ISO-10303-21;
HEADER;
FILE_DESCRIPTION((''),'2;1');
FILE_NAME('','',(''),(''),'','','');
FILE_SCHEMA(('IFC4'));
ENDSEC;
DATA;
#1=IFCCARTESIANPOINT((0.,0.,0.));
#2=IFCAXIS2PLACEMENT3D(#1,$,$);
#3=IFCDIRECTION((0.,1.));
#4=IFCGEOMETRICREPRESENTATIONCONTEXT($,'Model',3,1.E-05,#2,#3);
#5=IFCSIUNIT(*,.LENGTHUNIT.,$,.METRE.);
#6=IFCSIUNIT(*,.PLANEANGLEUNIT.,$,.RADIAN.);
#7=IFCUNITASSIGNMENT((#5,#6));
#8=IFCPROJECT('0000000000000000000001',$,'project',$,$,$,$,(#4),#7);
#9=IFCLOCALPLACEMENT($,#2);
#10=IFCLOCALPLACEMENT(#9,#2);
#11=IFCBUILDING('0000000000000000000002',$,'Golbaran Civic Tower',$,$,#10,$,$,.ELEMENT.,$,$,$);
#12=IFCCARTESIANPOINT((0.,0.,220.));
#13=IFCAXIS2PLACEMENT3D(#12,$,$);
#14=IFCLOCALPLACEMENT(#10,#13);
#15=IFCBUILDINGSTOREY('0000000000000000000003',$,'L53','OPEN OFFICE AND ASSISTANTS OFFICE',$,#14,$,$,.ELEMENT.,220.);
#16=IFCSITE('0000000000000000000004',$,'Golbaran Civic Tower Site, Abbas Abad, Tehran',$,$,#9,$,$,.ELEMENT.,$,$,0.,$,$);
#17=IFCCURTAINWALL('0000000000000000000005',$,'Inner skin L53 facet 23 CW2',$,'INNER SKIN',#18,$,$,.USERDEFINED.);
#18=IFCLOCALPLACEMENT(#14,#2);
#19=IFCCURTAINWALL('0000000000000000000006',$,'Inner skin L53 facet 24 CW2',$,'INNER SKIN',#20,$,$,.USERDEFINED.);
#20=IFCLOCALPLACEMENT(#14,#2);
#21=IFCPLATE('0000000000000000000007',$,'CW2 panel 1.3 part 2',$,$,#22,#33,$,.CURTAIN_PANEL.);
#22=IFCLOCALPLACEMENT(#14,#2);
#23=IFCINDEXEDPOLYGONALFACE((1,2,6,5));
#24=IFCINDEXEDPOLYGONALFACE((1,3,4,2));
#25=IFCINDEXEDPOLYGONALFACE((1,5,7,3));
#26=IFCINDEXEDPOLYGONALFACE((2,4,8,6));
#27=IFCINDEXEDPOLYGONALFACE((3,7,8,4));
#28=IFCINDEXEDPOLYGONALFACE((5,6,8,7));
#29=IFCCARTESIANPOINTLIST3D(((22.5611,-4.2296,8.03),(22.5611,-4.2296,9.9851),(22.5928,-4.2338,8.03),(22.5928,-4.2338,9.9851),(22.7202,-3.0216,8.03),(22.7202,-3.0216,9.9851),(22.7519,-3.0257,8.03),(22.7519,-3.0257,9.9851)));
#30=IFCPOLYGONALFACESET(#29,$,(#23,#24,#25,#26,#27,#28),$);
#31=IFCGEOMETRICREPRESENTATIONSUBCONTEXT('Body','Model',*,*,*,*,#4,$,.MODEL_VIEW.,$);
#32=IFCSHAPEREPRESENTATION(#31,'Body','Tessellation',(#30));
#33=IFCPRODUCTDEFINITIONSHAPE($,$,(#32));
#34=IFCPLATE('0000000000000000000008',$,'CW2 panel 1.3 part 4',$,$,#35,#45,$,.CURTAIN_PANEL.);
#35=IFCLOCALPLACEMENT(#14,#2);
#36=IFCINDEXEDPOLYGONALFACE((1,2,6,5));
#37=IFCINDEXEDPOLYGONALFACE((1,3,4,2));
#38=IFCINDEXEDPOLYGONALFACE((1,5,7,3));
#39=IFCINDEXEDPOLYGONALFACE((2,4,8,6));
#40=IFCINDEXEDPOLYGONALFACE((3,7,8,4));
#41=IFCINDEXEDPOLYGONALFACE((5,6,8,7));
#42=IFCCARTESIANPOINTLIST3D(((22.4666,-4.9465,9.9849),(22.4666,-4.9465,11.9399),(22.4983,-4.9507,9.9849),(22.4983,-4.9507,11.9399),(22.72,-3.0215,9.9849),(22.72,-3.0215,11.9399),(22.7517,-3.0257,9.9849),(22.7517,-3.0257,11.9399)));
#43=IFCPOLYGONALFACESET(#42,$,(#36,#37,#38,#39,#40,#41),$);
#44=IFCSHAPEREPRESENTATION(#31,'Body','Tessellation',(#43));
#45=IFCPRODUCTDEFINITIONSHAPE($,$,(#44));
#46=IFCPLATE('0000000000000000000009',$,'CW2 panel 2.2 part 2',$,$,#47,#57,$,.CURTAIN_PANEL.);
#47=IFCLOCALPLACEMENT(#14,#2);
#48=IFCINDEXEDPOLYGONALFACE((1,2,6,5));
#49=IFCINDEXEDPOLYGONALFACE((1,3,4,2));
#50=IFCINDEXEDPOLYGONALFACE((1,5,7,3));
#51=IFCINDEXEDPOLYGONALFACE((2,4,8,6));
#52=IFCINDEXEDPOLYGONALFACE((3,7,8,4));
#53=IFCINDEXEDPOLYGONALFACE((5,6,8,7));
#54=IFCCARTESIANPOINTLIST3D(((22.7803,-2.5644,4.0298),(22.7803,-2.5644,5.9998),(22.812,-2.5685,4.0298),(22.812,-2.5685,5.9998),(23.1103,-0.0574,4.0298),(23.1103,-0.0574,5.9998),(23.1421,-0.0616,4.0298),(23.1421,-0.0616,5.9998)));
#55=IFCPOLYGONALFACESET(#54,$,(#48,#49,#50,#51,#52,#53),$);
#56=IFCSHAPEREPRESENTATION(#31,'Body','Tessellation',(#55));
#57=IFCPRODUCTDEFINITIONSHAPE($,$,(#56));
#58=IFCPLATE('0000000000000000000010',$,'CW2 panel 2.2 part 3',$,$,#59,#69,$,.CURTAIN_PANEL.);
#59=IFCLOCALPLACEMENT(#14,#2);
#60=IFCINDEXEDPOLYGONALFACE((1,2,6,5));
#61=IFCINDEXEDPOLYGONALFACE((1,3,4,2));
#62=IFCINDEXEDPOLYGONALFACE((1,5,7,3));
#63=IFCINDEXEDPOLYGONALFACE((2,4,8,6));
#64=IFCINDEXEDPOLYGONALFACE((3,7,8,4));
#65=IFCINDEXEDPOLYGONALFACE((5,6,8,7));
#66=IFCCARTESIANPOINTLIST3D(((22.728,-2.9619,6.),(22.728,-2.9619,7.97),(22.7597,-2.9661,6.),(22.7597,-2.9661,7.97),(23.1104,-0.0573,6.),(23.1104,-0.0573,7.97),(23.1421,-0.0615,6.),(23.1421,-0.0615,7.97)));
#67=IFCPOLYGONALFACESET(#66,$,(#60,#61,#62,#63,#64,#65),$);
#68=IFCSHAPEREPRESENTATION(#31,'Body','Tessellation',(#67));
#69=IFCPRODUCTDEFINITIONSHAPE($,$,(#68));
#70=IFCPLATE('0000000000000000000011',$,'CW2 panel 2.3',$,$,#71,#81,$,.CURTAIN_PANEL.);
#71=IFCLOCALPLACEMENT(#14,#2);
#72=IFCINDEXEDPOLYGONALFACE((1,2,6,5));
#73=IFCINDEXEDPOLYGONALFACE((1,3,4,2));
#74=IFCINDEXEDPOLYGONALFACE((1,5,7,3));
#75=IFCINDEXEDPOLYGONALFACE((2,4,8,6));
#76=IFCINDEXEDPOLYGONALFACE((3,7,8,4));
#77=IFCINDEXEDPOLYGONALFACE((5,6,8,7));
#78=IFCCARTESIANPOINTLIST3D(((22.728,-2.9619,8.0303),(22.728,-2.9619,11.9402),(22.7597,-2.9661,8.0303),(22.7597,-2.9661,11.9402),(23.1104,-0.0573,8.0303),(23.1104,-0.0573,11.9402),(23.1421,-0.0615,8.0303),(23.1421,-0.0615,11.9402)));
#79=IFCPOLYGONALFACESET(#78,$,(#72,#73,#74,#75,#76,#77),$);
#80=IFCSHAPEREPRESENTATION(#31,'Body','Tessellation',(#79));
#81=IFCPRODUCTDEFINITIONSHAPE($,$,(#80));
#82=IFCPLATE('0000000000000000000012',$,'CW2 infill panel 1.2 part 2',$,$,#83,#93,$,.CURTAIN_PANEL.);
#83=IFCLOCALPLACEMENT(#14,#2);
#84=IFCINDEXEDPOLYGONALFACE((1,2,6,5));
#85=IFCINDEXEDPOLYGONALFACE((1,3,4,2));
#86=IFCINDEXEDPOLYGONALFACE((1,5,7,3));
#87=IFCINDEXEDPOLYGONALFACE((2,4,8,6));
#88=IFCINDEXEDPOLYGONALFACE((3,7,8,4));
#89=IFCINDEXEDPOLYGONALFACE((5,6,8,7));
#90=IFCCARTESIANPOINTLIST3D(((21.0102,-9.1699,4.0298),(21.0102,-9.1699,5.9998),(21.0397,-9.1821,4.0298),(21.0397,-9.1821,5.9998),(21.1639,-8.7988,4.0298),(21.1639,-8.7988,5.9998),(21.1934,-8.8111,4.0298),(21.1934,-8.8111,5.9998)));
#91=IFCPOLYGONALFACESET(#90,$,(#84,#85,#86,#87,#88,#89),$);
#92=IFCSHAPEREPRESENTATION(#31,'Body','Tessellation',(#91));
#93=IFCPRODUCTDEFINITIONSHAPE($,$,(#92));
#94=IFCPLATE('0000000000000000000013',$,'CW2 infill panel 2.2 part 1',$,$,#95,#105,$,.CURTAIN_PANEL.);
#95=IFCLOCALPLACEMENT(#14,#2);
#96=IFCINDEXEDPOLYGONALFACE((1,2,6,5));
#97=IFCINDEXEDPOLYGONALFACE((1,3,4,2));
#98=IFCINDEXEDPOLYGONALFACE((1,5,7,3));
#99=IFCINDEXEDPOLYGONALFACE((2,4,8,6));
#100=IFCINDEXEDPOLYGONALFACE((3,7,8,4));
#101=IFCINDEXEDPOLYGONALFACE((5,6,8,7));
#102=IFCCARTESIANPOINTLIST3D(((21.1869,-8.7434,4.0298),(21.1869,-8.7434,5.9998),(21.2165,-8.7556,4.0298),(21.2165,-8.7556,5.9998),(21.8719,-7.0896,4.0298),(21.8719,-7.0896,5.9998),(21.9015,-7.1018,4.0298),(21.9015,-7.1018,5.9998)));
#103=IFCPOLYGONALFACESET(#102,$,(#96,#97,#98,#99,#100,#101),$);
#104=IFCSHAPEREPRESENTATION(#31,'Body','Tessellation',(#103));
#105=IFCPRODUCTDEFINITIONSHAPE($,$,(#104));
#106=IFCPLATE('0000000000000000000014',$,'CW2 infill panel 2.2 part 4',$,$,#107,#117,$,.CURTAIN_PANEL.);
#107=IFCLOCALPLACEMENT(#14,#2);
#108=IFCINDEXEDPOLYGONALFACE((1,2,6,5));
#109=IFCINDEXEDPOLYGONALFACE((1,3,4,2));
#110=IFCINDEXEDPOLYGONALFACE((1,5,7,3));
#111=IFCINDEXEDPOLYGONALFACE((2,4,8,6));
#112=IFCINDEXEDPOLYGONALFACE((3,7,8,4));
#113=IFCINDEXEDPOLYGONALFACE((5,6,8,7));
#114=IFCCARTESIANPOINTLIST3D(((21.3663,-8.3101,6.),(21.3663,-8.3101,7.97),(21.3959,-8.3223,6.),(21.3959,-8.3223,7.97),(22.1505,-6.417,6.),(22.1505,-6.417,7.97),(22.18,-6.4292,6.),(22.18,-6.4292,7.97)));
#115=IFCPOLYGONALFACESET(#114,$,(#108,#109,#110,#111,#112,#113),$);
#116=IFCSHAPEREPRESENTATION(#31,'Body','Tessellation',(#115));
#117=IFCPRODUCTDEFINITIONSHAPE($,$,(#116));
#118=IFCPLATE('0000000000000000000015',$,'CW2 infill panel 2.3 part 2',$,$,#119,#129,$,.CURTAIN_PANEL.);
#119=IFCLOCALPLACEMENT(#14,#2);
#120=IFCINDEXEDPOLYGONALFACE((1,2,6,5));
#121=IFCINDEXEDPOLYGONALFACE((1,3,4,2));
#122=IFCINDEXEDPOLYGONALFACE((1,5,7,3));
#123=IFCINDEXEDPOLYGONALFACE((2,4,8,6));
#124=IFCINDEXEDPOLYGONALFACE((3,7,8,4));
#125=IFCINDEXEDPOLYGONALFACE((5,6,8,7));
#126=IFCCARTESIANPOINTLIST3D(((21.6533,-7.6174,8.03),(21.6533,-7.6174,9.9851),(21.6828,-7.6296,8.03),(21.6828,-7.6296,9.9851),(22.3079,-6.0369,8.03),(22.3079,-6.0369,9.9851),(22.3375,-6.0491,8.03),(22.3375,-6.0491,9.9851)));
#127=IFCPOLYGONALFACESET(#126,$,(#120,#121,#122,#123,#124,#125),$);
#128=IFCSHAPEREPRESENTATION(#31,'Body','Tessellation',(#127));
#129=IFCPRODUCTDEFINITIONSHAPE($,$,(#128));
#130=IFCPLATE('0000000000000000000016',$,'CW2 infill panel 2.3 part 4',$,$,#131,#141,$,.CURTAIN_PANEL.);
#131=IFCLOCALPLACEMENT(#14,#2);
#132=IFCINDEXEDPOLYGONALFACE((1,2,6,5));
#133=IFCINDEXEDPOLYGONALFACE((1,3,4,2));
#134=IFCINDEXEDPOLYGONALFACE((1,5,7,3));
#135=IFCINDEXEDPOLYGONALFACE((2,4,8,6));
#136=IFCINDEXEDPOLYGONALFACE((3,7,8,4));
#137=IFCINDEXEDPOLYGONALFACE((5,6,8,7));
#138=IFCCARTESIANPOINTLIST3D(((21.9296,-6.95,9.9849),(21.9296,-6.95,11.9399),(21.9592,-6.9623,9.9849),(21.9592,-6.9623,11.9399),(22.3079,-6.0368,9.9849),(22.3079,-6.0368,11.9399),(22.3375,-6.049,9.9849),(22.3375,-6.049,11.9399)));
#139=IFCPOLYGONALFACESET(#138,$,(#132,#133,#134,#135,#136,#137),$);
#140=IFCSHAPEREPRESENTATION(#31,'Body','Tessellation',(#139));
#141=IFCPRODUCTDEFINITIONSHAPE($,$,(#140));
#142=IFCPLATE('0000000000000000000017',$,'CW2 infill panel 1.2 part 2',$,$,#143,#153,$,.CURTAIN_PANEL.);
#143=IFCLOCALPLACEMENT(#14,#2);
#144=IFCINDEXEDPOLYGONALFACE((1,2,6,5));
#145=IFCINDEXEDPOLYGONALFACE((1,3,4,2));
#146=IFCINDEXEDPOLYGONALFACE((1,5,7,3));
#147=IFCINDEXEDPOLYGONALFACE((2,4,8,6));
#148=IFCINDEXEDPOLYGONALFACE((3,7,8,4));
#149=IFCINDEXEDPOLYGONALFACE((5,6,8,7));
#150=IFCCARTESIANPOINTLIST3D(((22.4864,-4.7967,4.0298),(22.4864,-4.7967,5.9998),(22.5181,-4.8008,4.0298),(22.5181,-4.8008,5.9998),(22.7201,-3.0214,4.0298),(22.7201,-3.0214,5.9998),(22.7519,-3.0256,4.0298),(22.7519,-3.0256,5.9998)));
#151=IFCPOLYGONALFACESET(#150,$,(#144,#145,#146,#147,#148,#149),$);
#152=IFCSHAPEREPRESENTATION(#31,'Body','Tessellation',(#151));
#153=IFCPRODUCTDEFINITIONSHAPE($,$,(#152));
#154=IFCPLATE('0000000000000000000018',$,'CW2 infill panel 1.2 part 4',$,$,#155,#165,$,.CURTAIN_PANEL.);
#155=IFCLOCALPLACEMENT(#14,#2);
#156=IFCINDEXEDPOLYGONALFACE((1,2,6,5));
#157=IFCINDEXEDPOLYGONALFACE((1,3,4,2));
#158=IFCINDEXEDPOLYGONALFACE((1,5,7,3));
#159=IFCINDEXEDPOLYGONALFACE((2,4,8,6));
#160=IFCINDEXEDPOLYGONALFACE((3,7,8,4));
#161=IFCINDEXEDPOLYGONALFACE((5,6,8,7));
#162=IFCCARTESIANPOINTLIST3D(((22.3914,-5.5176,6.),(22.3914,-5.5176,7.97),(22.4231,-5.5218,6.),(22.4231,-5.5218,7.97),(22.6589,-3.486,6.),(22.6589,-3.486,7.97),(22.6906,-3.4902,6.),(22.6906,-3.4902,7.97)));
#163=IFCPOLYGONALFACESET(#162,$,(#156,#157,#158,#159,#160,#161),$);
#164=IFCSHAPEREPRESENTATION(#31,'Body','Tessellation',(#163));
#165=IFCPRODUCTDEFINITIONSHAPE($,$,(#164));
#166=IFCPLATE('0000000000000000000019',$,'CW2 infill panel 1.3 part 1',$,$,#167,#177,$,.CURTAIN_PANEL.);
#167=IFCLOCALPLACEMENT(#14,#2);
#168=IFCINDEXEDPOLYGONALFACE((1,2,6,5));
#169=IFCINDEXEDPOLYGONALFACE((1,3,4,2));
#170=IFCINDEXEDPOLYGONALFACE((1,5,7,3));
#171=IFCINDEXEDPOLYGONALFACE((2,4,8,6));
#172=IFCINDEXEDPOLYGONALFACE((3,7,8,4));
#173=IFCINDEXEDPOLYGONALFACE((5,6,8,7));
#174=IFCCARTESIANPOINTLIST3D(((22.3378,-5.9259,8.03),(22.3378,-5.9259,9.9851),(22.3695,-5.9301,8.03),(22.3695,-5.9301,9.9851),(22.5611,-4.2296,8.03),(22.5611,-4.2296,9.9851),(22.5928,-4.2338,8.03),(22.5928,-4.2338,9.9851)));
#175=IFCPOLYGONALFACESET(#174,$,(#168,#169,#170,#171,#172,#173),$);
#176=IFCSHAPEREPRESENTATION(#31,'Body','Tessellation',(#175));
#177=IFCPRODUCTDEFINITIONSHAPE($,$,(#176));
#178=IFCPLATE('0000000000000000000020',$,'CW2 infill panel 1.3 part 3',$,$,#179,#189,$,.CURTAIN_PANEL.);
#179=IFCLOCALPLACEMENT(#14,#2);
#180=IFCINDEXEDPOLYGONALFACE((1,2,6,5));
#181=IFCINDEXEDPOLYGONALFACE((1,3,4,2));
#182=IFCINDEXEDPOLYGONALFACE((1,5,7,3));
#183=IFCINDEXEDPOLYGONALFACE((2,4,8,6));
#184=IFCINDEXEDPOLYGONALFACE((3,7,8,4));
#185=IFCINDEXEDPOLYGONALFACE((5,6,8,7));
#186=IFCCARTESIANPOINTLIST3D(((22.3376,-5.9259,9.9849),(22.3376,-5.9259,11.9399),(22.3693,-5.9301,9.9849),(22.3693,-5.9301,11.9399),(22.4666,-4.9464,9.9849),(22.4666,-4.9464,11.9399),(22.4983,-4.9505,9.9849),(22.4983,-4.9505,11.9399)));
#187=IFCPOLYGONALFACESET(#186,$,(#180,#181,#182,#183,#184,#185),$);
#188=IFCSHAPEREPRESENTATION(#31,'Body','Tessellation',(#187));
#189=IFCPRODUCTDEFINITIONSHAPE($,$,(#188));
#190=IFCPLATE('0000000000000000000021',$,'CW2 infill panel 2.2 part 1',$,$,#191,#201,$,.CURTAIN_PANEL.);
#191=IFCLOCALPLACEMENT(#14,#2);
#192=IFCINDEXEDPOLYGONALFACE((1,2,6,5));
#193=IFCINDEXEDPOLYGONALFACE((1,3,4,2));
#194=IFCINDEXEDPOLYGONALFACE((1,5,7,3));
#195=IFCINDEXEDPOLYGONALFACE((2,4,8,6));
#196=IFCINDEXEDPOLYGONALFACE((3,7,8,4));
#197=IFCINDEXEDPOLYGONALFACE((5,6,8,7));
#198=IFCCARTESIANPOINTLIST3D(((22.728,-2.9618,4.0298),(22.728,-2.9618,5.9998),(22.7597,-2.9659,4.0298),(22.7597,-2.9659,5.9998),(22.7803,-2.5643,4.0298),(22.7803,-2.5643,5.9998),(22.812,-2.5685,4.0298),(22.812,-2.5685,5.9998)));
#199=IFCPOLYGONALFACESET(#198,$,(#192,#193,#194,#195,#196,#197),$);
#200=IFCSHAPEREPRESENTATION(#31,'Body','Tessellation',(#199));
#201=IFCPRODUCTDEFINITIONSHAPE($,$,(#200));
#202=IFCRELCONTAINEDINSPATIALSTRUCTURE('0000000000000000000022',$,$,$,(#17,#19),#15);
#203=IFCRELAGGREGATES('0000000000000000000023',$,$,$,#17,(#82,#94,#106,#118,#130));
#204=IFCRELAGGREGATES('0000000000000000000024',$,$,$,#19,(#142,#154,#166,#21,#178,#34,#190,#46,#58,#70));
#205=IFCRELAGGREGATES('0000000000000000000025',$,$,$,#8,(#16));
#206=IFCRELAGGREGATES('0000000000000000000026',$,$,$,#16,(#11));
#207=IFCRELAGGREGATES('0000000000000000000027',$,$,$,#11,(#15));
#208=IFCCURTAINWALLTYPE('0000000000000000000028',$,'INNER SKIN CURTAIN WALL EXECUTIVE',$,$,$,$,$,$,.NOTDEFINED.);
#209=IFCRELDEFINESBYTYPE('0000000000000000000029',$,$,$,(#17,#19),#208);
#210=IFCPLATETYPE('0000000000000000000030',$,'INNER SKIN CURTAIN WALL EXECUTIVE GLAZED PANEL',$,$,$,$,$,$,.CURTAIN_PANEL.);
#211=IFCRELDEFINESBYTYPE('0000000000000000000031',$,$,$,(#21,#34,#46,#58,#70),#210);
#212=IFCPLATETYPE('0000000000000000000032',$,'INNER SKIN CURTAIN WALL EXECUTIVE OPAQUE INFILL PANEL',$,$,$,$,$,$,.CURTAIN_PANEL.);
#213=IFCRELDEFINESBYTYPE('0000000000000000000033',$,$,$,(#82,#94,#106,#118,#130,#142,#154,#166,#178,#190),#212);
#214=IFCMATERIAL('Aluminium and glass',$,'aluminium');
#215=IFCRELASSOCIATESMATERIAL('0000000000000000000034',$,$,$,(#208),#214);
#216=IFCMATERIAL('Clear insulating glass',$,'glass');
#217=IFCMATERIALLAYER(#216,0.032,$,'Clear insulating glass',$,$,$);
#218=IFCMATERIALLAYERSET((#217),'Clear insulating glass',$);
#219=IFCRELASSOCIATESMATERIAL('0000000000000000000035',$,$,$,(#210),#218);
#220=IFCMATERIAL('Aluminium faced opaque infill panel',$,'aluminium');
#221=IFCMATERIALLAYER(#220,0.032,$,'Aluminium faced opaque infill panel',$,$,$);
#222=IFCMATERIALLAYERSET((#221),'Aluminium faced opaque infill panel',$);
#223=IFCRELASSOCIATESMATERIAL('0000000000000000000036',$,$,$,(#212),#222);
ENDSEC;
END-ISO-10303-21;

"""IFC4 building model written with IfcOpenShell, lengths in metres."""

from ifc_helpers import new_model, si_unit, direction, frame, origin, origin_2d, place, context, subcontext, project, spatial, rectangle, extrude, material, layer, layer_set, type_object, element, aggregate, save


model = new_model("IFC4")

# Units and contexts
model_context = context("Model", 3, precision=1e-05, world=origin(), true_north=direction((0.0, 1.0)))
body_context = subcontext(model_context, "Body", "Model", "MODEL_VIEW")
ifc_project = project(units=[si_unit("LENGTHUNIT", "METRE"), si_unit("PLANEANGLEUNIT", "RADIAN")], contexts=[model_context])

# Site, building, storey
site_placement = place(None, origin())
site = spatial("IfcSite", under=ifc_project, at=site_placement, Name="Golbaran Civic Tower Site, Abbas Abad, Tehran", CompositionType="ELEMENT", RefElevation=0.0)
building_placement = place(site_placement, origin())
building = spatial("IfcBuilding", under=site, at=building_placement, Name="Golbaran Civic Tower", CompositionType="ELEMENT")
storey_placement = place(building_placement, frame((0.0, 0.0, 220.0)))
storey = spatial("IfcBuildingStorey", under=building, at=storey_placement, Name="L53", Description="OPEN OFFICE AND ASSISTANTS OFFICE", CompositionType="ELEMENT", Elevation=220.0)

# Curtain walls
ifc_material_1 = material(Name="Aluminium and glass", Category="aluminium")
curtain_wall_type = type_object("IfcCurtainWallType", Name="INNER SKIN CURTAIN WALL EXECUTIVE", PredefinedType="NOTDEFINED", material=ifc_material_1)
curtain_wall_1_placement = place(storey_placement, origin())
curtain_wall_1 = element("IfcCurtainWall", 1, at=curtain_wall_1_placement, inside=storey, type_object=curtain_wall_type, Name="Inner skin L53 facet 23 CW2", ObjectType="INNER SKIN", PredefinedType="USERDEFINED")
curtain_wall_2_placement = place(storey_placement, origin())
curtain_wall_2 = element("IfcCurtainWall", 2, at=curtain_wall_2_placement, inside=storey, type_object=curtain_wall_type, Name="Inner skin L53 facet 24 CW2", ObjectType="INNER SKIN", PredefinedType="USERDEFINED")

# Plates
ifc_material_2 = material(Name="Clear insulating glass", Category="glass")
ifc_layer_1 = layer(ifc_material_2, 0.032, Name="Clear insulating glass")
ifc_layer_set_1 = layer_set([ifc_layer_1], Name="Clear insulating glass")
plate_type_1 = type_object("IfcPlateType", Name="INNER SKIN CURTAIN WALL EXECUTIVE GLAZED PANEL", PredefinedType="CURTAIN_PANEL", material=ifc_layer_set_1)
plate_1_placement = place(storey_placement, frame((22.6565, -3.6277, 8.03), z_axis=(0.0, 0.0, 1.0), x_axis=(0.130526, 0.991445, 0.0)))
plate_1 = element("IfcPlate", 3, at=plate_1_placement, type_object=plate_type_1, Name="CW2 panel 1.3 part 2", PredefinedType="CURTAIN_PANEL", context=body_context, shape_type="SweptSolid", body=[
    extrude(rectangle(XDim=1.2185, YDim=0.032, at=origin_2d()), origin(), (0.0, 0.0, 1.0), 1.9551),
])
plate_2_placement = place(storey_placement, frame((22.6091, -3.9861, 9.9849), z_axis=(0.0, 0.0, 1.0), x_axis=(0.130526, 0.991445, 0.0)))
plate_2 = element("IfcPlate", 4, at=plate_2_placement, type_object=plate_type_1, Name="CW2 panel 1.3 part 4", PredefinedType="CURTAIN_PANEL", context=body_context, shape_type="SweptSolid", body=[
    extrude(rectangle(XDim=1.9417, YDim=0.032, at=origin_2d()), origin(), (0.0, 0.0, 1.0), 1.9551),
])
plate_3_placement = place(storey_placement, frame((22.9612, -1.313, 4.0298), z_axis=(0.0, 0.0, 1.0), x_axis=(0.130526, 0.991445, 0.0)))
plate_3 = element("IfcPlate", 5, at=plate_3_placement, type_object=plate_type_1, Name="CW2 panel 2.2 part 2", PredefinedType="CURTAIN_PANEL", context=body_context, shape_type="SweptSolid", body=[
    extrude(rectangle(XDim=2.5286, YDim=0.032, at=origin_2d()), origin(), (0.0, 0.0, 1.0), 1.97),
])
plate_4_placement = place(storey_placement, frame((22.9351, -1.5117, 6.0), z_axis=(0.0, 0.0, 1.0), x_axis=(0.130526, 0.991445, 0.0)))
plate_4 = element("IfcPlate", 6, at=plate_4_placement, type_object=plate_type_1, Name="CW2 panel 2.2 part 3", PredefinedType="CURTAIN_PANEL", context=body_context, shape_type="SweptSolid", body=[
    extrude(rectangle(XDim=2.9297, YDim=0.032, at=origin_2d()), origin(), (0.0, 0.0, 1.0), 1.97),
])
plate_5_placement = place(storey_placement, frame((22.9351, -1.5117, 8.0303), z_axis=(0.0, 0.0, 1.0), x_axis=(0.130526, 0.991445, 0.0)))
plate_5 = element("IfcPlate", 7, at=plate_5_placement, type_object=plate_type_1, Name="CW2 panel 2.3", PredefinedType="CURTAIN_PANEL", context=body_context, shape_type="SweptSolid", body=[
    extrude(rectangle(XDim=2.9297, YDim=0.032, at=origin_2d()), origin(), (0.0, 0.0, 1.0), 3.9099),
])
ifc_material_3 = material(Name="Aluminium faced opaque infill panel", Category="aluminium")
ifc_layer_2 = layer(ifc_material_3, 0.032, Name="Aluminium faced opaque infill panel")
ifc_layer_set_2 = layer_set([ifc_layer_2], Name="Aluminium faced opaque infill panel")
plate_type_2 = type_object("IfcPlateType", Name="INNER SKIN CURTAIN WALL EXECUTIVE OPAQUE INFILL PANEL", PredefinedType="CURTAIN_PANEL", material=ifc_layer_set_2)
plate_6_placement = place(storey_placement, frame((21.1018, -8.9905, 4.0298), z_axis=(0.0, 0.0, 1.0), x_axis=(0.382683, 0.92388, 0.0)))
plate_6 = element("IfcPlate", 8, at=plate_6_placement, type_object=plate_type_2, Name="CW2 infill panel 1.2 part 2", PredefinedType="CURTAIN_PANEL", context=body_context, shape_type="SweptSolid", body=[
    extrude(rectangle(XDim=0.4016, YDim=0.032, at=origin_2d()), origin(), (0.0, 0.0, 1.0), 1.97),
])
plate_7_placement = place(storey_placement, frame((21.5442, -7.9226, 4.0298), z_axis=(0.0, 0.0, 1.0), x_axis=(0.382683, 0.92388, 0.0)))
plate_7 = element("IfcPlate", 9, at=plate_7_placement, type_object=plate_type_2, Name="CW2 infill panel 2.2 part 1", PredefinedType="CURTAIN_PANEL", context=body_context, shape_type="SweptSolid", body=[
    extrude(rectangle(XDim=1.79, YDim=0.032, at=origin_2d()), origin(), (0.0, 0.0, 1.0), 1.97),
])
plate_8_placement = place(storey_placement, frame((21.7732, -7.3696, 6.0), z_axis=(0.0, 0.0, 1.0), x_axis=(0.382683, 0.92388, 0.0)))
plate_8 = element("IfcPlate", 10, at=plate_8_placement, type_object=plate_type_2, Name="CW2 infill panel 2.2 part 4", PredefinedType="CURTAIN_PANEL", context=body_context, shape_type="SweptSolid", body=[
    extrude(rectangle(XDim=2.0491, YDim=0.032, at=origin_2d()), origin(), (0.0, 0.0, 1.0), 1.97),
])
plate_9_placement = place(storey_placement, frame((21.9954, -6.8333, 8.03), z_axis=(0.0, 0.0, 1.0), x_axis=(0.382683, 0.92388, 0.0)))
plate_9 = element("IfcPlate", 11, at=plate_9_placement, type_object=plate_type_2, Name="CW2 infill panel 2.3 part 2", PredefinedType="CURTAIN_PANEL", context=body_context, shape_type="SweptSolid", body=[
    extrude(rectangle(XDim=1.7107, YDim=0.032, at=origin_2d()), origin(), (0.0, 0.0, 1.0), 1.9551),
])
plate_10_placement = place(storey_placement, frame((22.1335, -6.4995, 9.9849), z_axis=(0.0, 0.0, 1.0), x_axis=(0.382683, 0.92388, 0.0)))
plate_10 = element("IfcPlate", 12, at=plate_10_placement, type_object=plate_type_2, Name="CW2 infill panel 2.3 part 4", PredefinedType="CURTAIN_PANEL", context=body_context, shape_type="SweptSolid", body=[
    extrude(rectangle(XDim=0.9885, YDim=0.032, at=origin_2d()), origin(), (0.0, 0.0, 1.0), 1.9551),
])
aggregate(curtain_wall_1, [plate_6, plate_7, plate_8, plate_9, plate_10])
plate_11_placement = place(storey_placement, frame((22.6191, -3.9111, 4.0298), z_axis=(0.0, 0.0, 1.0), x_axis=(0.130526, 0.991445, 0.0)))
plate_11 = element("IfcPlate", 13, at=plate_11_placement, type_object=plate_type_2, Name="CW2 infill panel 1.2 part 2", PredefinedType="CURTAIN_PANEL", context=body_context, shape_type="SweptSolid", body=[
    extrude(rectangle(XDim=1.7905, YDim=0.032, at=origin_2d()), origin(), (0.0, 0.0, 1.0), 1.97),
])
plate_12_placement = place(storey_placement, frame((22.541, -4.5039, 6.0), z_axis=(0.0, 0.0, 1.0), x_axis=(0.130526, 0.991445, 0.0)))
plate_12 = element("IfcPlate", 14, at=plate_12_placement, type_object=plate_type_2, Name="CW2 infill panel 1.2 part 4", PredefinedType="CURTAIN_PANEL", context=body_context, shape_type="SweptSolid", body=[
    extrude(rectangle(XDim=2.0491, YDim=0.032, at=origin_2d()), origin(), (0.0, 0.0, 1.0), 1.97),
])
plate_13_placement = place(storey_placement, frame((22.4653, -5.0798, 8.03), z_axis=(0.0, 0.0, 1.0), x_axis=(0.130526, 0.991445, 0.0)))
plate_13 = element("IfcPlate", 15, at=plate_13_placement, type_object=plate_type_2, Name="CW2 infill panel 1.3 part 1", PredefinedType="CURTAIN_PANEL", context=body_context, shape_type="SweptSolid", body=[
    extrude(rectangle(XDim=1.7109, YDim=0.032, at=origin_2d()), origin(), (0.0, 0.0, 1.0), 1.9551),
])
plate_14_placement = place(storey_placement, frame((22.418, -5.4382, 9.9849), z_axis=(0.0, 0.0, 1.0), x_axis=(0.130526, 0.991445, 0.0)))
plate_14 = element("IfcPlate", 16, at=plate_14_placement, type_object=plate_type_2, Name="CW2 infill panel 1.3 part 3", PredefinedType="CURTAIN_PANEL", context=body_context, shape_type="SweptSolid", body=[
    extrude(rectangle(XDim=0.988, YDim=0.032, at=origin_2d()), origin(), (0.0, 0.0, 1.0), 1.9551),
])
plate_15_placement = place(storey_placement, frame((22.77, -2.7651, 4.0298), z_axis=(0.0, 0.0, 1.0), x_axis=(0.130526, 0.991445, 0.0)))
plate_15 = element("IfcPlate", 17, at=plate_15_placement, type_object=plate_type_2, Name="CW2 infill panel 2.2 part 1", PredefinedType="CURTAIN_PANEL", context=body_context, shape_type="SweptSolid", body=[
    extrude(rectangle(XDim=0.4009, YDim=0.032, at=origin_2d()), origin(), (0.0, 0.0, 1.0), 1.97),
])
aggregate(curtain_wall_2, [plate_11, plate_12, plate_13, plate_1, plate_14, plate_2, plate_15, plate_3, plate_4, plate_5])

save(model, "model.ifc")
